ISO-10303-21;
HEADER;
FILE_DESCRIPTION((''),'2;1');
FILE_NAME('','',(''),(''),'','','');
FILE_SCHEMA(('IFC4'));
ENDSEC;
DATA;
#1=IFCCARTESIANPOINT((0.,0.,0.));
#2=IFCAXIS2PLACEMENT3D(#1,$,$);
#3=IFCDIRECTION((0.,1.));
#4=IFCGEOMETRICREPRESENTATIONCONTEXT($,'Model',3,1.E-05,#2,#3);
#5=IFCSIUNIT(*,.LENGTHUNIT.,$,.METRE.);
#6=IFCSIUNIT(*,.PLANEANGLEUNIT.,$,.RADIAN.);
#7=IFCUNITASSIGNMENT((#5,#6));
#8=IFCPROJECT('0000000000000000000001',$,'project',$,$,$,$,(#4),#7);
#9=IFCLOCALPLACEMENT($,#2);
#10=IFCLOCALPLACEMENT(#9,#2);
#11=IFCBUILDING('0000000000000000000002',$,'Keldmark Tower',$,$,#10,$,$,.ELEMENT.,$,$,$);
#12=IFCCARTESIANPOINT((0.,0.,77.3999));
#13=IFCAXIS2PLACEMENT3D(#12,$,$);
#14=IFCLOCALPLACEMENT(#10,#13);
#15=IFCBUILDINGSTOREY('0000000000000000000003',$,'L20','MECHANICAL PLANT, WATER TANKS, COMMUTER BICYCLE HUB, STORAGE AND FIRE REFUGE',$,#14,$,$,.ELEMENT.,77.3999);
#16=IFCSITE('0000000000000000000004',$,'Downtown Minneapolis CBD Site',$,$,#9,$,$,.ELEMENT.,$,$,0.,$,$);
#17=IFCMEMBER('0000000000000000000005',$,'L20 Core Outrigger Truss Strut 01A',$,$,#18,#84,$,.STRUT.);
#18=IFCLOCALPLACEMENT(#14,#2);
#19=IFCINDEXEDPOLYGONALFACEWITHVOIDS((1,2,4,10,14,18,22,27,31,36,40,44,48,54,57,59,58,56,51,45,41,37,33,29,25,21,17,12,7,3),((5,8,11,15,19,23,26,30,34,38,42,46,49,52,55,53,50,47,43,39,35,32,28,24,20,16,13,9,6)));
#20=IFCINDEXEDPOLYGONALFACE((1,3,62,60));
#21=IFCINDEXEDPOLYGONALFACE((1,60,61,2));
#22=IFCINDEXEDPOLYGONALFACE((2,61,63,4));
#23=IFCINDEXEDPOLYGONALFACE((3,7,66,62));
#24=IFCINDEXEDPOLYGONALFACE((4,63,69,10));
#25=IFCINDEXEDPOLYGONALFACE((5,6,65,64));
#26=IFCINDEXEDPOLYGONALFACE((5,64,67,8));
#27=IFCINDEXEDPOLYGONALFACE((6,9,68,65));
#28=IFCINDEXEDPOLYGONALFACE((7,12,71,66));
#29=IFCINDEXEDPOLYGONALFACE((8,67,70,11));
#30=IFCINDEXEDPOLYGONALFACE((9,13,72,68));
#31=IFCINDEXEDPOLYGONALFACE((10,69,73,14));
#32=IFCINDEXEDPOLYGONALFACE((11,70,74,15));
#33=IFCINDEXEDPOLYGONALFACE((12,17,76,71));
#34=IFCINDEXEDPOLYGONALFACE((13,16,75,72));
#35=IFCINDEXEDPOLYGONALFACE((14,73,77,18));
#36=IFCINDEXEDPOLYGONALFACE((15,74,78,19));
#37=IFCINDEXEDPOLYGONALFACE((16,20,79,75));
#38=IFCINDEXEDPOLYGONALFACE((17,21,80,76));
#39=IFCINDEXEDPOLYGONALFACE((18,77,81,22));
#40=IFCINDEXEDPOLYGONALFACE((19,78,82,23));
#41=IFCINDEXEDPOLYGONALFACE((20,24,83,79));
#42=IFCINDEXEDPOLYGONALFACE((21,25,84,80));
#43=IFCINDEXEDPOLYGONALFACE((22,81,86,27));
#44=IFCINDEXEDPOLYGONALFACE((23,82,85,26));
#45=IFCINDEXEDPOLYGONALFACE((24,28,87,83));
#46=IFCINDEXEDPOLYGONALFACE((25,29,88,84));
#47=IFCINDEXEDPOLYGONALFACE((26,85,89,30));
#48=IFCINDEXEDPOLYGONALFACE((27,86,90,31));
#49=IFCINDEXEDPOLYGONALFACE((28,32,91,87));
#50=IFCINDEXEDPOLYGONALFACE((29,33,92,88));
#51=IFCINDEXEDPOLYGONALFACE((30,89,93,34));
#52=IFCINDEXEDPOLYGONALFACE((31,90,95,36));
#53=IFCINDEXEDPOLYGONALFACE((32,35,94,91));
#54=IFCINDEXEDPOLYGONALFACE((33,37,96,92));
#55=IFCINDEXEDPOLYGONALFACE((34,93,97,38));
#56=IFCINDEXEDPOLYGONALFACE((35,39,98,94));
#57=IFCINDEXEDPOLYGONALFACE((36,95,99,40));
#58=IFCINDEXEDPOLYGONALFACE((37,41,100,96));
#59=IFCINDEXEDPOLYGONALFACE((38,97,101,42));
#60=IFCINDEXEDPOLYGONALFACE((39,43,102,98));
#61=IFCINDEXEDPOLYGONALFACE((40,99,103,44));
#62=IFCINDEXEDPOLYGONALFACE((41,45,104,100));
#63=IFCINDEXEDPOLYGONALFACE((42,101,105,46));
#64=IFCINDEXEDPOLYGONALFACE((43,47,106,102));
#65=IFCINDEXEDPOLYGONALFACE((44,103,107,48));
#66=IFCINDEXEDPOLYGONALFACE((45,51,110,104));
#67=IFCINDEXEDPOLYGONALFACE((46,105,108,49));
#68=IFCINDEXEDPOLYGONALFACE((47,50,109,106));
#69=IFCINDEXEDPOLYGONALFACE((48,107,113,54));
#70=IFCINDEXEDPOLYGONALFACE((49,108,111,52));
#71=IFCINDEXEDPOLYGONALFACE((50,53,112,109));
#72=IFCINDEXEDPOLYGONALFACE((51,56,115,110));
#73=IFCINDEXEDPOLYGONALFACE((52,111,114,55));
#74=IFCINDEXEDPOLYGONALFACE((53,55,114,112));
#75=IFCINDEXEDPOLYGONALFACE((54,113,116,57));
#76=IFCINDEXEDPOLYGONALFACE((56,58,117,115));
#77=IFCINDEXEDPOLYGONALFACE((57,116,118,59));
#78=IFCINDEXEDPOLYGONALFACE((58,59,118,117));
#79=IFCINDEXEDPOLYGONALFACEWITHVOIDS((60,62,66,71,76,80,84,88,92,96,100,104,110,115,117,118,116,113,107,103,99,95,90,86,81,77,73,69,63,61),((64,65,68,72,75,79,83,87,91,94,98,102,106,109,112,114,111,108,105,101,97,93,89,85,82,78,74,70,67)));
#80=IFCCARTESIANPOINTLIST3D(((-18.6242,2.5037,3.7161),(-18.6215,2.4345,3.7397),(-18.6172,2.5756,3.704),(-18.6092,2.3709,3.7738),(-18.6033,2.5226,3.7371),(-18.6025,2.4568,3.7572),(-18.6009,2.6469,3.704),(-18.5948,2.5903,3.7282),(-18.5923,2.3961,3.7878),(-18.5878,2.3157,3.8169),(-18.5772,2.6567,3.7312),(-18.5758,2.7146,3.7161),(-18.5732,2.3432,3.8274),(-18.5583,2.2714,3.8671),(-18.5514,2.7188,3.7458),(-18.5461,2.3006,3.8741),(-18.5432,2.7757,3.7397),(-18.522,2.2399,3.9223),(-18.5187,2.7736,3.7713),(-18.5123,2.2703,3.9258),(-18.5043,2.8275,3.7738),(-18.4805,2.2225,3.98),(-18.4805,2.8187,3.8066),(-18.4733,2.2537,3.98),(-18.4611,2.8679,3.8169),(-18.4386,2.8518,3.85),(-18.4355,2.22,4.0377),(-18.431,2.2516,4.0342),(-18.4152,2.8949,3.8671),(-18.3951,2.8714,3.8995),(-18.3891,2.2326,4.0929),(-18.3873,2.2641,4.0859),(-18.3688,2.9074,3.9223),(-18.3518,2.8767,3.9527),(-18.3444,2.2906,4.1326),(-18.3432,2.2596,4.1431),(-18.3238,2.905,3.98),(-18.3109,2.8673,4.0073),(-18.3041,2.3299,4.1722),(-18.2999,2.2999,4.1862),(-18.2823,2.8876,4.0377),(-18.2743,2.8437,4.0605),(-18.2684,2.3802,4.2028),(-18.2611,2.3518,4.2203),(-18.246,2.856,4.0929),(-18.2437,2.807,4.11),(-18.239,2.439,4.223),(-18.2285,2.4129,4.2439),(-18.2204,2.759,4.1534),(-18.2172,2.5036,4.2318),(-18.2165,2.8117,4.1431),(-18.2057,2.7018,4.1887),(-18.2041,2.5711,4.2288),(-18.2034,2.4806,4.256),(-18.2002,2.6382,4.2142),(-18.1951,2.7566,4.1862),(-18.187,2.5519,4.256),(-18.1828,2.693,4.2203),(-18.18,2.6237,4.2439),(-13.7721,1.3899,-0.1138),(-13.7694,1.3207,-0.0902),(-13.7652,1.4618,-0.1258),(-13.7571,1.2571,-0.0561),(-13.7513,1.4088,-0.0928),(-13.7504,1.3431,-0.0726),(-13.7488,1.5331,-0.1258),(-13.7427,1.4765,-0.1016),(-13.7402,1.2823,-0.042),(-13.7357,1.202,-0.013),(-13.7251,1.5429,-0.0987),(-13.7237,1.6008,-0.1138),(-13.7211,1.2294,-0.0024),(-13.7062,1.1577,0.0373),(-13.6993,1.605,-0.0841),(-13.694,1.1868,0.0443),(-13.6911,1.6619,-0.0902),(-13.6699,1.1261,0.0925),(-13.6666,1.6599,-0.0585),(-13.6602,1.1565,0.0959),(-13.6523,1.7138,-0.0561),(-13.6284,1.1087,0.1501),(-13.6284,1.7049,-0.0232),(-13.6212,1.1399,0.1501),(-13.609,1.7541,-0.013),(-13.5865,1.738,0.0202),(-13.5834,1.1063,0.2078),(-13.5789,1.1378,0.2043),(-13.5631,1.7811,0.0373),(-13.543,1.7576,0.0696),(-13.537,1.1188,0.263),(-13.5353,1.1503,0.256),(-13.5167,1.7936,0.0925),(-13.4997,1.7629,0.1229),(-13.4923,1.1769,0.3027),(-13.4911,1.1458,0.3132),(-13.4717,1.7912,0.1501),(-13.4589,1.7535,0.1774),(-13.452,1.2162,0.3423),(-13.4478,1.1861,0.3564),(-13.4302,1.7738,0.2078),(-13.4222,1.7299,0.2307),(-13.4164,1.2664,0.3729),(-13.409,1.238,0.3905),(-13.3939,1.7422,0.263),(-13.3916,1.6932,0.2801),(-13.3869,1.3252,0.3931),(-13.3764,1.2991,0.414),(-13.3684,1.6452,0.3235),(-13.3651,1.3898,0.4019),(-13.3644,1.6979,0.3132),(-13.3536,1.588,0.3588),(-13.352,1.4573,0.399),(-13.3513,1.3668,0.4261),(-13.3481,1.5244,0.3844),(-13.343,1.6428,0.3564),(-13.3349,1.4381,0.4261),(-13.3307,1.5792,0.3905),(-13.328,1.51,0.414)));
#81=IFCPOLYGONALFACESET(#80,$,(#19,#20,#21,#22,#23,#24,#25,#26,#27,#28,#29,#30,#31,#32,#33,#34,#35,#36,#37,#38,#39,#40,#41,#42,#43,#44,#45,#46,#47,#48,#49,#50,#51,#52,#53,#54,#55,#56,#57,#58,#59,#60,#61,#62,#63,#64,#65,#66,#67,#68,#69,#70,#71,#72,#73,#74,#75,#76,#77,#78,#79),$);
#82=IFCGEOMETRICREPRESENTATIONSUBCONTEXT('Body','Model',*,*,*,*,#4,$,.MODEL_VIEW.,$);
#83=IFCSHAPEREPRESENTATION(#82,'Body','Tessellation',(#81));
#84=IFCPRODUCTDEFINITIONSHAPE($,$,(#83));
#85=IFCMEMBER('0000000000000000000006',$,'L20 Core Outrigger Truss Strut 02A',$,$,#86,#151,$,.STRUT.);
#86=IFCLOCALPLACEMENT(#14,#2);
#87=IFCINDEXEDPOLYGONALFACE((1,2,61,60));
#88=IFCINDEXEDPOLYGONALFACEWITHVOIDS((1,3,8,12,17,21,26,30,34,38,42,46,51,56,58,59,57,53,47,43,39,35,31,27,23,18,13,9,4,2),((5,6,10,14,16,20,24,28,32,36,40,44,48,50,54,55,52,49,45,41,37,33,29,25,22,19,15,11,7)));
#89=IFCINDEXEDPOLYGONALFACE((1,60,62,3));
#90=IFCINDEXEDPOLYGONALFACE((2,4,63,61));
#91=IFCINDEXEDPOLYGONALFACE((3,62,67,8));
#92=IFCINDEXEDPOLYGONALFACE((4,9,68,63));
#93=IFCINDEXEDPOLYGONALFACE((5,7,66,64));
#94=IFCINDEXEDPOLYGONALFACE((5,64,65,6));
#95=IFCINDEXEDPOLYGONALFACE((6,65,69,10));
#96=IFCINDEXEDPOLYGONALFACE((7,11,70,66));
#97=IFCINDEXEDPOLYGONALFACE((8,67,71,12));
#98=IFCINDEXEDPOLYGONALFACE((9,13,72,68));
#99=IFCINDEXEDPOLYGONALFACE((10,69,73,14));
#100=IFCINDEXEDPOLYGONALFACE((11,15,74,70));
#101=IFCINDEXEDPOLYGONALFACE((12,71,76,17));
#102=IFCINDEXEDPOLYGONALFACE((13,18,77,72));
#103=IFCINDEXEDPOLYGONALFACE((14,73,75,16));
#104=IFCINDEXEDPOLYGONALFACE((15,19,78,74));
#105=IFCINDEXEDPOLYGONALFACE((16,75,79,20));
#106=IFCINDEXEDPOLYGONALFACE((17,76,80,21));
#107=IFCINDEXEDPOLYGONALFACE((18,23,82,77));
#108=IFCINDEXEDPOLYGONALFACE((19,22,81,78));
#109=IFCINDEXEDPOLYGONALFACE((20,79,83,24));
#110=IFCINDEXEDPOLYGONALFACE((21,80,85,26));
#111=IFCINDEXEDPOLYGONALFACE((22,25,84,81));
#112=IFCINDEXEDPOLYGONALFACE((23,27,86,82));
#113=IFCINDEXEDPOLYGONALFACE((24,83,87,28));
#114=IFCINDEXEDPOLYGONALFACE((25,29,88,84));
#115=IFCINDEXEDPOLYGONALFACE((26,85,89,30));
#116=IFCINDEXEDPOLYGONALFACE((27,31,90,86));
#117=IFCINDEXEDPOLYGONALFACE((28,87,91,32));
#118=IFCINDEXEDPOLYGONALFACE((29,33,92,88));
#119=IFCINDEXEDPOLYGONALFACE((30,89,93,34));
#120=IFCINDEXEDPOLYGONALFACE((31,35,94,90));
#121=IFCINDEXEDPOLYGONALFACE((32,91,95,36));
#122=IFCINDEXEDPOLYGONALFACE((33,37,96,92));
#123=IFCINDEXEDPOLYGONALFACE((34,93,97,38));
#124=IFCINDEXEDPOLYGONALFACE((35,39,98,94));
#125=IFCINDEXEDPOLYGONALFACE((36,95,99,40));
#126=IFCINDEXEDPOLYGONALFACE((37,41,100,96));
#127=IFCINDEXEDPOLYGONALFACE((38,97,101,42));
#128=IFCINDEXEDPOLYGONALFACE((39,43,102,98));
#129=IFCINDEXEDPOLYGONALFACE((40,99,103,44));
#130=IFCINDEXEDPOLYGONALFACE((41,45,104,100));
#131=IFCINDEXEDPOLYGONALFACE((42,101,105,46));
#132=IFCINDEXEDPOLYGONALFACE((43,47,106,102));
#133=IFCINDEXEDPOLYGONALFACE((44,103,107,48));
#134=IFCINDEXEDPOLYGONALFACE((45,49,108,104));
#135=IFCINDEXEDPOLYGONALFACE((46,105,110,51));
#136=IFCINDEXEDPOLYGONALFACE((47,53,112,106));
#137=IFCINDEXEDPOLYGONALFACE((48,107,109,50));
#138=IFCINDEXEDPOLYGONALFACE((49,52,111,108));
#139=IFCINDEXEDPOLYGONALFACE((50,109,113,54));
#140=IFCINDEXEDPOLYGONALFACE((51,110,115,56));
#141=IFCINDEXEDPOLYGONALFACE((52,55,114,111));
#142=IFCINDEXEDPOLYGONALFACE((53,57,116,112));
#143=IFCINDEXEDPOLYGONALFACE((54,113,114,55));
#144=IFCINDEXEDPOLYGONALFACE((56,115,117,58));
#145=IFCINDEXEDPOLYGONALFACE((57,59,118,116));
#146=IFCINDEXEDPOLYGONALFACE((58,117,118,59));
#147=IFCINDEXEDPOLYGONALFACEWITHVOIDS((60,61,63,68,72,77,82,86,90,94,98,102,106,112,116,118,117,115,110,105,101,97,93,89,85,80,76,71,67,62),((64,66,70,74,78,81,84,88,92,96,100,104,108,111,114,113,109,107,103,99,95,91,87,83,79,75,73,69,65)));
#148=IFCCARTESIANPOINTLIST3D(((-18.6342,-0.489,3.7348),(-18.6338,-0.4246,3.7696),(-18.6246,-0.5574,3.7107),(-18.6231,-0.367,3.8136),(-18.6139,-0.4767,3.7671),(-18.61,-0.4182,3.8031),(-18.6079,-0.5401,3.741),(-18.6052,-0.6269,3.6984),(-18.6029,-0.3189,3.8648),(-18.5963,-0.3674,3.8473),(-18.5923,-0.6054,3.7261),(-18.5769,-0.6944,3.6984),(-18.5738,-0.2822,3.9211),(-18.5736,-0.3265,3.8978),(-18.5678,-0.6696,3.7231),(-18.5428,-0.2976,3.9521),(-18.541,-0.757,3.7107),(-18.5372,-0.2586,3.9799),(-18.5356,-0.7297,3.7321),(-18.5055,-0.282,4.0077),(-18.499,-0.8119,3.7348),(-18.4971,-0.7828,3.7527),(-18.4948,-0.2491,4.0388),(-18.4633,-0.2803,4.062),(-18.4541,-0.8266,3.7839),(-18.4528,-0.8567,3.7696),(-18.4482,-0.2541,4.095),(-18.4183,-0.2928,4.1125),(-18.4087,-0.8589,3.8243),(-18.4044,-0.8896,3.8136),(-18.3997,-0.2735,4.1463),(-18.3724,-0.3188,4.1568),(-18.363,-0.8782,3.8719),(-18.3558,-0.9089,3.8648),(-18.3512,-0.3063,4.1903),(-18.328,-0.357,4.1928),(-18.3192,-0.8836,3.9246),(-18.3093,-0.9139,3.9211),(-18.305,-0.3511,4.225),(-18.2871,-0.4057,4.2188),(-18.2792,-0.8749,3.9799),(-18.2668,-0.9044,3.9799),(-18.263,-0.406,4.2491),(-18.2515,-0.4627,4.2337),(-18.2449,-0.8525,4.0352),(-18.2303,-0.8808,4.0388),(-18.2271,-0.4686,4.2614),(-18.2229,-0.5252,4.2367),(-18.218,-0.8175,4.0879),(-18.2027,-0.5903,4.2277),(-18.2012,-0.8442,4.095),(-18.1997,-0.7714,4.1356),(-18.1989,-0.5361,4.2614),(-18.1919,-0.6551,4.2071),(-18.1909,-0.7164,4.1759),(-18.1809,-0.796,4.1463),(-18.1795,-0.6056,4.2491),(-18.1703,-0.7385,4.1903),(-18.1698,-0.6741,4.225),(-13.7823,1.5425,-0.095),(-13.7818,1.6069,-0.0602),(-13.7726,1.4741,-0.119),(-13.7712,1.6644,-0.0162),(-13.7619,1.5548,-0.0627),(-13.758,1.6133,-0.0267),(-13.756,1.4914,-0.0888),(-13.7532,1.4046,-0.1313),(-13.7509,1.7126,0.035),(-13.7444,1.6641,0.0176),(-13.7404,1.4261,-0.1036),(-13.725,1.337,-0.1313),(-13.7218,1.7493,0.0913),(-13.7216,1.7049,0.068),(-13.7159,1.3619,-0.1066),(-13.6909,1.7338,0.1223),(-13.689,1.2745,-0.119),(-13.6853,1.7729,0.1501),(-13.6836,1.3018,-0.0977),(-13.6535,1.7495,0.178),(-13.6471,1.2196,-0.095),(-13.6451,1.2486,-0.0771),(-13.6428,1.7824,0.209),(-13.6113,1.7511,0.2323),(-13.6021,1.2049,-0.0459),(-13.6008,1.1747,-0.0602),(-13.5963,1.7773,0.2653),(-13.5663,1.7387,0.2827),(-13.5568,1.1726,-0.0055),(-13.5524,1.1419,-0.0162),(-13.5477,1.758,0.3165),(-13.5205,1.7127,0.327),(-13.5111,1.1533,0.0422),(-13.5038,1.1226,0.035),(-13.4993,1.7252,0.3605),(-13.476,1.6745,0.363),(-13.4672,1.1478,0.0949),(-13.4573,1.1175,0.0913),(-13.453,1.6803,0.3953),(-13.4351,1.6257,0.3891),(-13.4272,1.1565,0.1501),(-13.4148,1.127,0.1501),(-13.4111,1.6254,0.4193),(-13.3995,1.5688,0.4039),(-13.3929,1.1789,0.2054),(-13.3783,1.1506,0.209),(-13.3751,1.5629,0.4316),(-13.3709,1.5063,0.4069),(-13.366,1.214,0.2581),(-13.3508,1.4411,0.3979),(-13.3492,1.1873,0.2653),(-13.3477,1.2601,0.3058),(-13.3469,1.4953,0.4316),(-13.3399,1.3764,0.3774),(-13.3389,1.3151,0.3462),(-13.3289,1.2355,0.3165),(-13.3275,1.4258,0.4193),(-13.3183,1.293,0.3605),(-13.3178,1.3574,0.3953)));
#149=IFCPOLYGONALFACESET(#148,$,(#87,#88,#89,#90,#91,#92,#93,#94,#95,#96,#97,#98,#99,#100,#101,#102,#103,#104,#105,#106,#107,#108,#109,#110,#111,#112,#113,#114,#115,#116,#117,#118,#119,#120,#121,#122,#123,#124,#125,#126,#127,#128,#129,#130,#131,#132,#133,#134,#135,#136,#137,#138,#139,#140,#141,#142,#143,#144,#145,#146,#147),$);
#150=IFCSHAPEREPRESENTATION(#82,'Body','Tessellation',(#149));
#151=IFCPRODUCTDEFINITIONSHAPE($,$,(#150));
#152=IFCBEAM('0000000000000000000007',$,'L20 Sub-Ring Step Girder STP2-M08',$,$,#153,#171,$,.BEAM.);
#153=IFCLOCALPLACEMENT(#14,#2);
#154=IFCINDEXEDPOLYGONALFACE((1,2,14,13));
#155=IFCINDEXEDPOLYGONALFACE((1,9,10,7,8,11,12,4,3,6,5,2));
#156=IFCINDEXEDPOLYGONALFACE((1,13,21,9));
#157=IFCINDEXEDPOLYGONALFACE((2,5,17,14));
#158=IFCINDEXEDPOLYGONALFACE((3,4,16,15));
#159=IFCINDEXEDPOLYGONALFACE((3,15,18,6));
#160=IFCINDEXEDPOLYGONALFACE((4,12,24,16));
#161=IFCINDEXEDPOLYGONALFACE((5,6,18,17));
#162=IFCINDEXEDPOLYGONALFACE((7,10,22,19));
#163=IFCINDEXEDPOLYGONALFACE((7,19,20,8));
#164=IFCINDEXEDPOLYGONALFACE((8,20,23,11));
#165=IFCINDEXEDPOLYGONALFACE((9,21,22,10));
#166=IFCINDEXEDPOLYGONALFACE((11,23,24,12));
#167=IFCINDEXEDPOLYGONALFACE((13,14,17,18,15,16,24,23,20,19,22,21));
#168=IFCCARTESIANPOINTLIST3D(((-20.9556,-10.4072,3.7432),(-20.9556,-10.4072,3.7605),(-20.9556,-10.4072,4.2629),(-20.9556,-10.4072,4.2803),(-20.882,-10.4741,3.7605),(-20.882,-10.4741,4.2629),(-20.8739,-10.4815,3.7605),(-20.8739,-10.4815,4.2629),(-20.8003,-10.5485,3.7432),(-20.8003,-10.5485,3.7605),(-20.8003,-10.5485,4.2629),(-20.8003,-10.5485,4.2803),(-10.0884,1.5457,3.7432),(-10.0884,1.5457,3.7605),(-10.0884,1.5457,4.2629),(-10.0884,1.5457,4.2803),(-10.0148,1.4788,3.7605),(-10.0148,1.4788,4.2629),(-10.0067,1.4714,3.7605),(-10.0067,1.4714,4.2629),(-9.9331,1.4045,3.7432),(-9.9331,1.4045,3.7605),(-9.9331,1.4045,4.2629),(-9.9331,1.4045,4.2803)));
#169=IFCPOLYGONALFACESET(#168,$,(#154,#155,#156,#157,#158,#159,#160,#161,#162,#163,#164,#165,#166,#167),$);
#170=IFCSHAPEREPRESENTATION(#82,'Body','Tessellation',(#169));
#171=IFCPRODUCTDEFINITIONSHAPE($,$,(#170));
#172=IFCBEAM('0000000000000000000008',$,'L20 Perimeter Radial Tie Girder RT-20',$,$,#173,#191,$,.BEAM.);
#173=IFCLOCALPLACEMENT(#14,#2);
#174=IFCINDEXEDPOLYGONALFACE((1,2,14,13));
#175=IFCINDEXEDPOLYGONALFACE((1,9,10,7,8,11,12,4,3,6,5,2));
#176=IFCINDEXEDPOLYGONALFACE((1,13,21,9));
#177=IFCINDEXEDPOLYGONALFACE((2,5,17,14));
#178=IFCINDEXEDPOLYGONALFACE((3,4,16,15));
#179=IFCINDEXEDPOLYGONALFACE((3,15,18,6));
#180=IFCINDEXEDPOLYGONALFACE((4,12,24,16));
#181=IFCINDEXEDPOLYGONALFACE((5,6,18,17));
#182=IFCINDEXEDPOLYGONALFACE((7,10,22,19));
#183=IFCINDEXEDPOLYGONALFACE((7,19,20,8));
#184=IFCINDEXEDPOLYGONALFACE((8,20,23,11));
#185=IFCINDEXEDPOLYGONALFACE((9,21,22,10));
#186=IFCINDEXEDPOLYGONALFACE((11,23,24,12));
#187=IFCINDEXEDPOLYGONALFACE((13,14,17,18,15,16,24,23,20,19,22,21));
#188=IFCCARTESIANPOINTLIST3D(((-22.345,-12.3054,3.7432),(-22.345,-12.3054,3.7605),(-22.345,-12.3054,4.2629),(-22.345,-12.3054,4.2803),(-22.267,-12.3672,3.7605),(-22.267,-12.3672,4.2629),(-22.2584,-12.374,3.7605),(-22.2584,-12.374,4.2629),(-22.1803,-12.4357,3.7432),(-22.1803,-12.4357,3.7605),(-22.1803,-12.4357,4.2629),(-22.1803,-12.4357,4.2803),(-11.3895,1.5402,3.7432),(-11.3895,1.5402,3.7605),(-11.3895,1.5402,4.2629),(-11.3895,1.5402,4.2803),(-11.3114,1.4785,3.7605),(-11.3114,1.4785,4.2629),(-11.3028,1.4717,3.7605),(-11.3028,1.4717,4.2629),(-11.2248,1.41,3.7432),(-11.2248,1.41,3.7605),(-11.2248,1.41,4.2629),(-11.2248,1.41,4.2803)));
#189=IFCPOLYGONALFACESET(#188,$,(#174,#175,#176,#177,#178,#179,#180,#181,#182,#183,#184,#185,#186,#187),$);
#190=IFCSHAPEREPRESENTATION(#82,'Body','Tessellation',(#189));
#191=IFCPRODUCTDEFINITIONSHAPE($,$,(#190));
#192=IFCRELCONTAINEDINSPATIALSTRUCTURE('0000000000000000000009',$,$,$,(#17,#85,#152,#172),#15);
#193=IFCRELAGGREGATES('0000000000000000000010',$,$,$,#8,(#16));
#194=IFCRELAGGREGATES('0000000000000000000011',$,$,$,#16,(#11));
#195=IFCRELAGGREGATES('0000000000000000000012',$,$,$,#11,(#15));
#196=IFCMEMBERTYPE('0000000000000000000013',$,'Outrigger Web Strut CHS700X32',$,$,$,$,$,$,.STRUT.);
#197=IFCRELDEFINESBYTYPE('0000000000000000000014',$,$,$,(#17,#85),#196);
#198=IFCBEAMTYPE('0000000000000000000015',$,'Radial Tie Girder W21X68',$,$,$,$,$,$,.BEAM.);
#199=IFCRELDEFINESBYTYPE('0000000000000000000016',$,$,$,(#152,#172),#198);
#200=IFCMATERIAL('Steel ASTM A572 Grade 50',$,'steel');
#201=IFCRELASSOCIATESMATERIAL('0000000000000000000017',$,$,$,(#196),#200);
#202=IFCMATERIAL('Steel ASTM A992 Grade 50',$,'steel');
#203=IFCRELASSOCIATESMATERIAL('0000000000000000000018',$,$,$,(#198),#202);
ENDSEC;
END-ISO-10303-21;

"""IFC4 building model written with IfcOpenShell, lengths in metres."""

from ifc_helpers import new_model, si_unit, direction, frame, origin, origin_2d, place, context, subcontext, project, spatial, hollow_circle, i_section, extrude, material, material_profile, profile_set, type_object, element, save


model = new_model("IFC4")

# Units and contexts
model_context = context("Model", 3, precision=1e-05, world=origin(), true_north=direction((0.0, 1.0)))
body_context = subcontext(model_context, "Body", "Model", "MODEL_VIEW")
ifc_project = project(units=[si_unit("LENGTHUNIT", "METRE"), si_unit("PLANEANGLEUNIT", "RADIAN")], contexts=[model_context])

# Site, building, storey
site_placement = place(None, origin())
site = spatial("IfcSite", under=ifc_project, at=site_placement, Name="Downtown Minneapolis CBD Site", CompositionType="ELEMENT", RefElevation=0.0)
building_placement = place(site_placement, origin())
building = spatial("IfcBuilding", under=site, at=building_placement, Name="Keldmark Tower", CompositionType="ELEMENT")
storey_placement = place(building_placement, frame((0.0, 0.0, 77.3999)))
storey = spatial("IfcBuildingStorey", under=building, at=storey_placement, Name="L20", Description="MECHANICAL PLANT, WATER TANKS, COMMUTER BICYCLE HUB, STORAGE AND FIRE REFUGE", CompositionType="ELEMENT", Elevation=77.3999)

# Members
ifc_material_1 = material(Name="Steel ASTM A572 Grade 50", Category="steel")
ifc_material_profile_1 = material_profile(ifc_material_1, hollow_circle(Radius=0.3501, WallThickness=0.032, at=origin_2d()), Name="CHS700X32")
ifc_profile_set_1 = profile_set([ifc_material_profile_1], Name="Steel ASTM A572 Grade 50")
member_type = type_object("IfcMemberType", Name="Outrigger Web Strut CHS700X32", PredefinedType="STRUT", material=ifc_profile_set_1)
member_1_placement = place(storey_placement, frame((-13.55, 1.45, 0.1501), z_axis=(-0.772501, 0.177325, 0.609753), x_axis=(-0.223728, -0.974652, 0.0)))
element("IfcMember", 1, at=member_1_placement, inside=storey, type_object=member_type, Name="L20 Core Outrigger Truss Strut 01A", PredefinedType="STRUT", context=body_context, shape_type="SweptSolid", body=[
    extrude(hollow_circle(Radius=0.3501, WallThickness=0.032, at=origin_2d()), origin(), (0.0, 0.0, 1.0), 6.281),
])
member_2_placement = place(storey_placement, frame((-13.55, 1.45, 0.1501), z_axis=(-0.745702, -0.312216, 0.5886), x_axis=(0.386203, -0.922414, 0.0)))
element("IfcMember", 2, at=member_2_placement, inside=storey, type_object=member_type, Name="L20 Core Outrigger Truss Strut 02A", PredefinedType="STRUT", context=body_context, shape_type="SweptSolid", body=[
    extrude(hollow_circle(Radius=0.3501, WallThickness=0.032, at=origin_2d()), origin(), (0.0, 0.0, 1.0), 6.5066),
])

# Beams
ifc_material_2 = material(Name="Steel ASTM A992 Grade 50", Category="steel")
ifc_material_profile_2 = material_profile(ifc_material_2, i_section(OverallWidth=0.21, OverallDepth=0.5371, WebThickness=0.011, FlangeThickness=0.0173, at=origin_2d()), Name="W21X68")
ifc_profile_set_2 = profile_set([ifc_material_profile_2], Name="Steel ASTM A992 Grade 50")
beam_type = type_object("IfcBeamType", Name="Radial Tie Girder W21X68", PredefinedType="BEAM", material=ifc_profile_set_2)
beam_1_placement = place(storey_placement, frame((-10.0107, 1.4751, 4.0117), z_axis=(-0.672704, -0.739911, 0.0), x_axis=(0.739911, -0.672704, 0.0)))
element("IfcBeam", 3, at=beam_1_placement, inside=storey, type_object=beam_type, Name="L20 Sub-Ring Step Girder STP2-M08", PredefinedType="BEAM", context=body_context, shape_type="SweptSolid", body=[
    extrude(i_section(OverallWidth=0.21, OverallDepth=0.5371, WebThickness=0.011, FlangeThickness=0.0173, at=origin_2d()), origin(), (0.0, 0.0, 1.0), 16.1545),
])
beam_2_placement = place(storey_placement, frame((-11.3071, 1.4751, 4.0117), z_axis=(-0.620507, -0.784201, 0.0), x_axis=(0.784201, -0.620507, 0.0)))
element("IfcBeam", 4, at=beam_2_placement, inside=storey, type_object=beam_type, Name="L20 Perimeter Radial Tie Girder RT-20", PredefinedType="BEAM", context=body_context, shape_type="SweptSolid", body=[
    extrude(i_section(OverallWidth=0.21, OverallDepth=0.5371, WebThickness=0.011, FlangeThickness=0.0173, at=origin_2d()), origin(), (0.0, 0.0, 1.0), 17.6558),
])

save(model, "model.ifc")
